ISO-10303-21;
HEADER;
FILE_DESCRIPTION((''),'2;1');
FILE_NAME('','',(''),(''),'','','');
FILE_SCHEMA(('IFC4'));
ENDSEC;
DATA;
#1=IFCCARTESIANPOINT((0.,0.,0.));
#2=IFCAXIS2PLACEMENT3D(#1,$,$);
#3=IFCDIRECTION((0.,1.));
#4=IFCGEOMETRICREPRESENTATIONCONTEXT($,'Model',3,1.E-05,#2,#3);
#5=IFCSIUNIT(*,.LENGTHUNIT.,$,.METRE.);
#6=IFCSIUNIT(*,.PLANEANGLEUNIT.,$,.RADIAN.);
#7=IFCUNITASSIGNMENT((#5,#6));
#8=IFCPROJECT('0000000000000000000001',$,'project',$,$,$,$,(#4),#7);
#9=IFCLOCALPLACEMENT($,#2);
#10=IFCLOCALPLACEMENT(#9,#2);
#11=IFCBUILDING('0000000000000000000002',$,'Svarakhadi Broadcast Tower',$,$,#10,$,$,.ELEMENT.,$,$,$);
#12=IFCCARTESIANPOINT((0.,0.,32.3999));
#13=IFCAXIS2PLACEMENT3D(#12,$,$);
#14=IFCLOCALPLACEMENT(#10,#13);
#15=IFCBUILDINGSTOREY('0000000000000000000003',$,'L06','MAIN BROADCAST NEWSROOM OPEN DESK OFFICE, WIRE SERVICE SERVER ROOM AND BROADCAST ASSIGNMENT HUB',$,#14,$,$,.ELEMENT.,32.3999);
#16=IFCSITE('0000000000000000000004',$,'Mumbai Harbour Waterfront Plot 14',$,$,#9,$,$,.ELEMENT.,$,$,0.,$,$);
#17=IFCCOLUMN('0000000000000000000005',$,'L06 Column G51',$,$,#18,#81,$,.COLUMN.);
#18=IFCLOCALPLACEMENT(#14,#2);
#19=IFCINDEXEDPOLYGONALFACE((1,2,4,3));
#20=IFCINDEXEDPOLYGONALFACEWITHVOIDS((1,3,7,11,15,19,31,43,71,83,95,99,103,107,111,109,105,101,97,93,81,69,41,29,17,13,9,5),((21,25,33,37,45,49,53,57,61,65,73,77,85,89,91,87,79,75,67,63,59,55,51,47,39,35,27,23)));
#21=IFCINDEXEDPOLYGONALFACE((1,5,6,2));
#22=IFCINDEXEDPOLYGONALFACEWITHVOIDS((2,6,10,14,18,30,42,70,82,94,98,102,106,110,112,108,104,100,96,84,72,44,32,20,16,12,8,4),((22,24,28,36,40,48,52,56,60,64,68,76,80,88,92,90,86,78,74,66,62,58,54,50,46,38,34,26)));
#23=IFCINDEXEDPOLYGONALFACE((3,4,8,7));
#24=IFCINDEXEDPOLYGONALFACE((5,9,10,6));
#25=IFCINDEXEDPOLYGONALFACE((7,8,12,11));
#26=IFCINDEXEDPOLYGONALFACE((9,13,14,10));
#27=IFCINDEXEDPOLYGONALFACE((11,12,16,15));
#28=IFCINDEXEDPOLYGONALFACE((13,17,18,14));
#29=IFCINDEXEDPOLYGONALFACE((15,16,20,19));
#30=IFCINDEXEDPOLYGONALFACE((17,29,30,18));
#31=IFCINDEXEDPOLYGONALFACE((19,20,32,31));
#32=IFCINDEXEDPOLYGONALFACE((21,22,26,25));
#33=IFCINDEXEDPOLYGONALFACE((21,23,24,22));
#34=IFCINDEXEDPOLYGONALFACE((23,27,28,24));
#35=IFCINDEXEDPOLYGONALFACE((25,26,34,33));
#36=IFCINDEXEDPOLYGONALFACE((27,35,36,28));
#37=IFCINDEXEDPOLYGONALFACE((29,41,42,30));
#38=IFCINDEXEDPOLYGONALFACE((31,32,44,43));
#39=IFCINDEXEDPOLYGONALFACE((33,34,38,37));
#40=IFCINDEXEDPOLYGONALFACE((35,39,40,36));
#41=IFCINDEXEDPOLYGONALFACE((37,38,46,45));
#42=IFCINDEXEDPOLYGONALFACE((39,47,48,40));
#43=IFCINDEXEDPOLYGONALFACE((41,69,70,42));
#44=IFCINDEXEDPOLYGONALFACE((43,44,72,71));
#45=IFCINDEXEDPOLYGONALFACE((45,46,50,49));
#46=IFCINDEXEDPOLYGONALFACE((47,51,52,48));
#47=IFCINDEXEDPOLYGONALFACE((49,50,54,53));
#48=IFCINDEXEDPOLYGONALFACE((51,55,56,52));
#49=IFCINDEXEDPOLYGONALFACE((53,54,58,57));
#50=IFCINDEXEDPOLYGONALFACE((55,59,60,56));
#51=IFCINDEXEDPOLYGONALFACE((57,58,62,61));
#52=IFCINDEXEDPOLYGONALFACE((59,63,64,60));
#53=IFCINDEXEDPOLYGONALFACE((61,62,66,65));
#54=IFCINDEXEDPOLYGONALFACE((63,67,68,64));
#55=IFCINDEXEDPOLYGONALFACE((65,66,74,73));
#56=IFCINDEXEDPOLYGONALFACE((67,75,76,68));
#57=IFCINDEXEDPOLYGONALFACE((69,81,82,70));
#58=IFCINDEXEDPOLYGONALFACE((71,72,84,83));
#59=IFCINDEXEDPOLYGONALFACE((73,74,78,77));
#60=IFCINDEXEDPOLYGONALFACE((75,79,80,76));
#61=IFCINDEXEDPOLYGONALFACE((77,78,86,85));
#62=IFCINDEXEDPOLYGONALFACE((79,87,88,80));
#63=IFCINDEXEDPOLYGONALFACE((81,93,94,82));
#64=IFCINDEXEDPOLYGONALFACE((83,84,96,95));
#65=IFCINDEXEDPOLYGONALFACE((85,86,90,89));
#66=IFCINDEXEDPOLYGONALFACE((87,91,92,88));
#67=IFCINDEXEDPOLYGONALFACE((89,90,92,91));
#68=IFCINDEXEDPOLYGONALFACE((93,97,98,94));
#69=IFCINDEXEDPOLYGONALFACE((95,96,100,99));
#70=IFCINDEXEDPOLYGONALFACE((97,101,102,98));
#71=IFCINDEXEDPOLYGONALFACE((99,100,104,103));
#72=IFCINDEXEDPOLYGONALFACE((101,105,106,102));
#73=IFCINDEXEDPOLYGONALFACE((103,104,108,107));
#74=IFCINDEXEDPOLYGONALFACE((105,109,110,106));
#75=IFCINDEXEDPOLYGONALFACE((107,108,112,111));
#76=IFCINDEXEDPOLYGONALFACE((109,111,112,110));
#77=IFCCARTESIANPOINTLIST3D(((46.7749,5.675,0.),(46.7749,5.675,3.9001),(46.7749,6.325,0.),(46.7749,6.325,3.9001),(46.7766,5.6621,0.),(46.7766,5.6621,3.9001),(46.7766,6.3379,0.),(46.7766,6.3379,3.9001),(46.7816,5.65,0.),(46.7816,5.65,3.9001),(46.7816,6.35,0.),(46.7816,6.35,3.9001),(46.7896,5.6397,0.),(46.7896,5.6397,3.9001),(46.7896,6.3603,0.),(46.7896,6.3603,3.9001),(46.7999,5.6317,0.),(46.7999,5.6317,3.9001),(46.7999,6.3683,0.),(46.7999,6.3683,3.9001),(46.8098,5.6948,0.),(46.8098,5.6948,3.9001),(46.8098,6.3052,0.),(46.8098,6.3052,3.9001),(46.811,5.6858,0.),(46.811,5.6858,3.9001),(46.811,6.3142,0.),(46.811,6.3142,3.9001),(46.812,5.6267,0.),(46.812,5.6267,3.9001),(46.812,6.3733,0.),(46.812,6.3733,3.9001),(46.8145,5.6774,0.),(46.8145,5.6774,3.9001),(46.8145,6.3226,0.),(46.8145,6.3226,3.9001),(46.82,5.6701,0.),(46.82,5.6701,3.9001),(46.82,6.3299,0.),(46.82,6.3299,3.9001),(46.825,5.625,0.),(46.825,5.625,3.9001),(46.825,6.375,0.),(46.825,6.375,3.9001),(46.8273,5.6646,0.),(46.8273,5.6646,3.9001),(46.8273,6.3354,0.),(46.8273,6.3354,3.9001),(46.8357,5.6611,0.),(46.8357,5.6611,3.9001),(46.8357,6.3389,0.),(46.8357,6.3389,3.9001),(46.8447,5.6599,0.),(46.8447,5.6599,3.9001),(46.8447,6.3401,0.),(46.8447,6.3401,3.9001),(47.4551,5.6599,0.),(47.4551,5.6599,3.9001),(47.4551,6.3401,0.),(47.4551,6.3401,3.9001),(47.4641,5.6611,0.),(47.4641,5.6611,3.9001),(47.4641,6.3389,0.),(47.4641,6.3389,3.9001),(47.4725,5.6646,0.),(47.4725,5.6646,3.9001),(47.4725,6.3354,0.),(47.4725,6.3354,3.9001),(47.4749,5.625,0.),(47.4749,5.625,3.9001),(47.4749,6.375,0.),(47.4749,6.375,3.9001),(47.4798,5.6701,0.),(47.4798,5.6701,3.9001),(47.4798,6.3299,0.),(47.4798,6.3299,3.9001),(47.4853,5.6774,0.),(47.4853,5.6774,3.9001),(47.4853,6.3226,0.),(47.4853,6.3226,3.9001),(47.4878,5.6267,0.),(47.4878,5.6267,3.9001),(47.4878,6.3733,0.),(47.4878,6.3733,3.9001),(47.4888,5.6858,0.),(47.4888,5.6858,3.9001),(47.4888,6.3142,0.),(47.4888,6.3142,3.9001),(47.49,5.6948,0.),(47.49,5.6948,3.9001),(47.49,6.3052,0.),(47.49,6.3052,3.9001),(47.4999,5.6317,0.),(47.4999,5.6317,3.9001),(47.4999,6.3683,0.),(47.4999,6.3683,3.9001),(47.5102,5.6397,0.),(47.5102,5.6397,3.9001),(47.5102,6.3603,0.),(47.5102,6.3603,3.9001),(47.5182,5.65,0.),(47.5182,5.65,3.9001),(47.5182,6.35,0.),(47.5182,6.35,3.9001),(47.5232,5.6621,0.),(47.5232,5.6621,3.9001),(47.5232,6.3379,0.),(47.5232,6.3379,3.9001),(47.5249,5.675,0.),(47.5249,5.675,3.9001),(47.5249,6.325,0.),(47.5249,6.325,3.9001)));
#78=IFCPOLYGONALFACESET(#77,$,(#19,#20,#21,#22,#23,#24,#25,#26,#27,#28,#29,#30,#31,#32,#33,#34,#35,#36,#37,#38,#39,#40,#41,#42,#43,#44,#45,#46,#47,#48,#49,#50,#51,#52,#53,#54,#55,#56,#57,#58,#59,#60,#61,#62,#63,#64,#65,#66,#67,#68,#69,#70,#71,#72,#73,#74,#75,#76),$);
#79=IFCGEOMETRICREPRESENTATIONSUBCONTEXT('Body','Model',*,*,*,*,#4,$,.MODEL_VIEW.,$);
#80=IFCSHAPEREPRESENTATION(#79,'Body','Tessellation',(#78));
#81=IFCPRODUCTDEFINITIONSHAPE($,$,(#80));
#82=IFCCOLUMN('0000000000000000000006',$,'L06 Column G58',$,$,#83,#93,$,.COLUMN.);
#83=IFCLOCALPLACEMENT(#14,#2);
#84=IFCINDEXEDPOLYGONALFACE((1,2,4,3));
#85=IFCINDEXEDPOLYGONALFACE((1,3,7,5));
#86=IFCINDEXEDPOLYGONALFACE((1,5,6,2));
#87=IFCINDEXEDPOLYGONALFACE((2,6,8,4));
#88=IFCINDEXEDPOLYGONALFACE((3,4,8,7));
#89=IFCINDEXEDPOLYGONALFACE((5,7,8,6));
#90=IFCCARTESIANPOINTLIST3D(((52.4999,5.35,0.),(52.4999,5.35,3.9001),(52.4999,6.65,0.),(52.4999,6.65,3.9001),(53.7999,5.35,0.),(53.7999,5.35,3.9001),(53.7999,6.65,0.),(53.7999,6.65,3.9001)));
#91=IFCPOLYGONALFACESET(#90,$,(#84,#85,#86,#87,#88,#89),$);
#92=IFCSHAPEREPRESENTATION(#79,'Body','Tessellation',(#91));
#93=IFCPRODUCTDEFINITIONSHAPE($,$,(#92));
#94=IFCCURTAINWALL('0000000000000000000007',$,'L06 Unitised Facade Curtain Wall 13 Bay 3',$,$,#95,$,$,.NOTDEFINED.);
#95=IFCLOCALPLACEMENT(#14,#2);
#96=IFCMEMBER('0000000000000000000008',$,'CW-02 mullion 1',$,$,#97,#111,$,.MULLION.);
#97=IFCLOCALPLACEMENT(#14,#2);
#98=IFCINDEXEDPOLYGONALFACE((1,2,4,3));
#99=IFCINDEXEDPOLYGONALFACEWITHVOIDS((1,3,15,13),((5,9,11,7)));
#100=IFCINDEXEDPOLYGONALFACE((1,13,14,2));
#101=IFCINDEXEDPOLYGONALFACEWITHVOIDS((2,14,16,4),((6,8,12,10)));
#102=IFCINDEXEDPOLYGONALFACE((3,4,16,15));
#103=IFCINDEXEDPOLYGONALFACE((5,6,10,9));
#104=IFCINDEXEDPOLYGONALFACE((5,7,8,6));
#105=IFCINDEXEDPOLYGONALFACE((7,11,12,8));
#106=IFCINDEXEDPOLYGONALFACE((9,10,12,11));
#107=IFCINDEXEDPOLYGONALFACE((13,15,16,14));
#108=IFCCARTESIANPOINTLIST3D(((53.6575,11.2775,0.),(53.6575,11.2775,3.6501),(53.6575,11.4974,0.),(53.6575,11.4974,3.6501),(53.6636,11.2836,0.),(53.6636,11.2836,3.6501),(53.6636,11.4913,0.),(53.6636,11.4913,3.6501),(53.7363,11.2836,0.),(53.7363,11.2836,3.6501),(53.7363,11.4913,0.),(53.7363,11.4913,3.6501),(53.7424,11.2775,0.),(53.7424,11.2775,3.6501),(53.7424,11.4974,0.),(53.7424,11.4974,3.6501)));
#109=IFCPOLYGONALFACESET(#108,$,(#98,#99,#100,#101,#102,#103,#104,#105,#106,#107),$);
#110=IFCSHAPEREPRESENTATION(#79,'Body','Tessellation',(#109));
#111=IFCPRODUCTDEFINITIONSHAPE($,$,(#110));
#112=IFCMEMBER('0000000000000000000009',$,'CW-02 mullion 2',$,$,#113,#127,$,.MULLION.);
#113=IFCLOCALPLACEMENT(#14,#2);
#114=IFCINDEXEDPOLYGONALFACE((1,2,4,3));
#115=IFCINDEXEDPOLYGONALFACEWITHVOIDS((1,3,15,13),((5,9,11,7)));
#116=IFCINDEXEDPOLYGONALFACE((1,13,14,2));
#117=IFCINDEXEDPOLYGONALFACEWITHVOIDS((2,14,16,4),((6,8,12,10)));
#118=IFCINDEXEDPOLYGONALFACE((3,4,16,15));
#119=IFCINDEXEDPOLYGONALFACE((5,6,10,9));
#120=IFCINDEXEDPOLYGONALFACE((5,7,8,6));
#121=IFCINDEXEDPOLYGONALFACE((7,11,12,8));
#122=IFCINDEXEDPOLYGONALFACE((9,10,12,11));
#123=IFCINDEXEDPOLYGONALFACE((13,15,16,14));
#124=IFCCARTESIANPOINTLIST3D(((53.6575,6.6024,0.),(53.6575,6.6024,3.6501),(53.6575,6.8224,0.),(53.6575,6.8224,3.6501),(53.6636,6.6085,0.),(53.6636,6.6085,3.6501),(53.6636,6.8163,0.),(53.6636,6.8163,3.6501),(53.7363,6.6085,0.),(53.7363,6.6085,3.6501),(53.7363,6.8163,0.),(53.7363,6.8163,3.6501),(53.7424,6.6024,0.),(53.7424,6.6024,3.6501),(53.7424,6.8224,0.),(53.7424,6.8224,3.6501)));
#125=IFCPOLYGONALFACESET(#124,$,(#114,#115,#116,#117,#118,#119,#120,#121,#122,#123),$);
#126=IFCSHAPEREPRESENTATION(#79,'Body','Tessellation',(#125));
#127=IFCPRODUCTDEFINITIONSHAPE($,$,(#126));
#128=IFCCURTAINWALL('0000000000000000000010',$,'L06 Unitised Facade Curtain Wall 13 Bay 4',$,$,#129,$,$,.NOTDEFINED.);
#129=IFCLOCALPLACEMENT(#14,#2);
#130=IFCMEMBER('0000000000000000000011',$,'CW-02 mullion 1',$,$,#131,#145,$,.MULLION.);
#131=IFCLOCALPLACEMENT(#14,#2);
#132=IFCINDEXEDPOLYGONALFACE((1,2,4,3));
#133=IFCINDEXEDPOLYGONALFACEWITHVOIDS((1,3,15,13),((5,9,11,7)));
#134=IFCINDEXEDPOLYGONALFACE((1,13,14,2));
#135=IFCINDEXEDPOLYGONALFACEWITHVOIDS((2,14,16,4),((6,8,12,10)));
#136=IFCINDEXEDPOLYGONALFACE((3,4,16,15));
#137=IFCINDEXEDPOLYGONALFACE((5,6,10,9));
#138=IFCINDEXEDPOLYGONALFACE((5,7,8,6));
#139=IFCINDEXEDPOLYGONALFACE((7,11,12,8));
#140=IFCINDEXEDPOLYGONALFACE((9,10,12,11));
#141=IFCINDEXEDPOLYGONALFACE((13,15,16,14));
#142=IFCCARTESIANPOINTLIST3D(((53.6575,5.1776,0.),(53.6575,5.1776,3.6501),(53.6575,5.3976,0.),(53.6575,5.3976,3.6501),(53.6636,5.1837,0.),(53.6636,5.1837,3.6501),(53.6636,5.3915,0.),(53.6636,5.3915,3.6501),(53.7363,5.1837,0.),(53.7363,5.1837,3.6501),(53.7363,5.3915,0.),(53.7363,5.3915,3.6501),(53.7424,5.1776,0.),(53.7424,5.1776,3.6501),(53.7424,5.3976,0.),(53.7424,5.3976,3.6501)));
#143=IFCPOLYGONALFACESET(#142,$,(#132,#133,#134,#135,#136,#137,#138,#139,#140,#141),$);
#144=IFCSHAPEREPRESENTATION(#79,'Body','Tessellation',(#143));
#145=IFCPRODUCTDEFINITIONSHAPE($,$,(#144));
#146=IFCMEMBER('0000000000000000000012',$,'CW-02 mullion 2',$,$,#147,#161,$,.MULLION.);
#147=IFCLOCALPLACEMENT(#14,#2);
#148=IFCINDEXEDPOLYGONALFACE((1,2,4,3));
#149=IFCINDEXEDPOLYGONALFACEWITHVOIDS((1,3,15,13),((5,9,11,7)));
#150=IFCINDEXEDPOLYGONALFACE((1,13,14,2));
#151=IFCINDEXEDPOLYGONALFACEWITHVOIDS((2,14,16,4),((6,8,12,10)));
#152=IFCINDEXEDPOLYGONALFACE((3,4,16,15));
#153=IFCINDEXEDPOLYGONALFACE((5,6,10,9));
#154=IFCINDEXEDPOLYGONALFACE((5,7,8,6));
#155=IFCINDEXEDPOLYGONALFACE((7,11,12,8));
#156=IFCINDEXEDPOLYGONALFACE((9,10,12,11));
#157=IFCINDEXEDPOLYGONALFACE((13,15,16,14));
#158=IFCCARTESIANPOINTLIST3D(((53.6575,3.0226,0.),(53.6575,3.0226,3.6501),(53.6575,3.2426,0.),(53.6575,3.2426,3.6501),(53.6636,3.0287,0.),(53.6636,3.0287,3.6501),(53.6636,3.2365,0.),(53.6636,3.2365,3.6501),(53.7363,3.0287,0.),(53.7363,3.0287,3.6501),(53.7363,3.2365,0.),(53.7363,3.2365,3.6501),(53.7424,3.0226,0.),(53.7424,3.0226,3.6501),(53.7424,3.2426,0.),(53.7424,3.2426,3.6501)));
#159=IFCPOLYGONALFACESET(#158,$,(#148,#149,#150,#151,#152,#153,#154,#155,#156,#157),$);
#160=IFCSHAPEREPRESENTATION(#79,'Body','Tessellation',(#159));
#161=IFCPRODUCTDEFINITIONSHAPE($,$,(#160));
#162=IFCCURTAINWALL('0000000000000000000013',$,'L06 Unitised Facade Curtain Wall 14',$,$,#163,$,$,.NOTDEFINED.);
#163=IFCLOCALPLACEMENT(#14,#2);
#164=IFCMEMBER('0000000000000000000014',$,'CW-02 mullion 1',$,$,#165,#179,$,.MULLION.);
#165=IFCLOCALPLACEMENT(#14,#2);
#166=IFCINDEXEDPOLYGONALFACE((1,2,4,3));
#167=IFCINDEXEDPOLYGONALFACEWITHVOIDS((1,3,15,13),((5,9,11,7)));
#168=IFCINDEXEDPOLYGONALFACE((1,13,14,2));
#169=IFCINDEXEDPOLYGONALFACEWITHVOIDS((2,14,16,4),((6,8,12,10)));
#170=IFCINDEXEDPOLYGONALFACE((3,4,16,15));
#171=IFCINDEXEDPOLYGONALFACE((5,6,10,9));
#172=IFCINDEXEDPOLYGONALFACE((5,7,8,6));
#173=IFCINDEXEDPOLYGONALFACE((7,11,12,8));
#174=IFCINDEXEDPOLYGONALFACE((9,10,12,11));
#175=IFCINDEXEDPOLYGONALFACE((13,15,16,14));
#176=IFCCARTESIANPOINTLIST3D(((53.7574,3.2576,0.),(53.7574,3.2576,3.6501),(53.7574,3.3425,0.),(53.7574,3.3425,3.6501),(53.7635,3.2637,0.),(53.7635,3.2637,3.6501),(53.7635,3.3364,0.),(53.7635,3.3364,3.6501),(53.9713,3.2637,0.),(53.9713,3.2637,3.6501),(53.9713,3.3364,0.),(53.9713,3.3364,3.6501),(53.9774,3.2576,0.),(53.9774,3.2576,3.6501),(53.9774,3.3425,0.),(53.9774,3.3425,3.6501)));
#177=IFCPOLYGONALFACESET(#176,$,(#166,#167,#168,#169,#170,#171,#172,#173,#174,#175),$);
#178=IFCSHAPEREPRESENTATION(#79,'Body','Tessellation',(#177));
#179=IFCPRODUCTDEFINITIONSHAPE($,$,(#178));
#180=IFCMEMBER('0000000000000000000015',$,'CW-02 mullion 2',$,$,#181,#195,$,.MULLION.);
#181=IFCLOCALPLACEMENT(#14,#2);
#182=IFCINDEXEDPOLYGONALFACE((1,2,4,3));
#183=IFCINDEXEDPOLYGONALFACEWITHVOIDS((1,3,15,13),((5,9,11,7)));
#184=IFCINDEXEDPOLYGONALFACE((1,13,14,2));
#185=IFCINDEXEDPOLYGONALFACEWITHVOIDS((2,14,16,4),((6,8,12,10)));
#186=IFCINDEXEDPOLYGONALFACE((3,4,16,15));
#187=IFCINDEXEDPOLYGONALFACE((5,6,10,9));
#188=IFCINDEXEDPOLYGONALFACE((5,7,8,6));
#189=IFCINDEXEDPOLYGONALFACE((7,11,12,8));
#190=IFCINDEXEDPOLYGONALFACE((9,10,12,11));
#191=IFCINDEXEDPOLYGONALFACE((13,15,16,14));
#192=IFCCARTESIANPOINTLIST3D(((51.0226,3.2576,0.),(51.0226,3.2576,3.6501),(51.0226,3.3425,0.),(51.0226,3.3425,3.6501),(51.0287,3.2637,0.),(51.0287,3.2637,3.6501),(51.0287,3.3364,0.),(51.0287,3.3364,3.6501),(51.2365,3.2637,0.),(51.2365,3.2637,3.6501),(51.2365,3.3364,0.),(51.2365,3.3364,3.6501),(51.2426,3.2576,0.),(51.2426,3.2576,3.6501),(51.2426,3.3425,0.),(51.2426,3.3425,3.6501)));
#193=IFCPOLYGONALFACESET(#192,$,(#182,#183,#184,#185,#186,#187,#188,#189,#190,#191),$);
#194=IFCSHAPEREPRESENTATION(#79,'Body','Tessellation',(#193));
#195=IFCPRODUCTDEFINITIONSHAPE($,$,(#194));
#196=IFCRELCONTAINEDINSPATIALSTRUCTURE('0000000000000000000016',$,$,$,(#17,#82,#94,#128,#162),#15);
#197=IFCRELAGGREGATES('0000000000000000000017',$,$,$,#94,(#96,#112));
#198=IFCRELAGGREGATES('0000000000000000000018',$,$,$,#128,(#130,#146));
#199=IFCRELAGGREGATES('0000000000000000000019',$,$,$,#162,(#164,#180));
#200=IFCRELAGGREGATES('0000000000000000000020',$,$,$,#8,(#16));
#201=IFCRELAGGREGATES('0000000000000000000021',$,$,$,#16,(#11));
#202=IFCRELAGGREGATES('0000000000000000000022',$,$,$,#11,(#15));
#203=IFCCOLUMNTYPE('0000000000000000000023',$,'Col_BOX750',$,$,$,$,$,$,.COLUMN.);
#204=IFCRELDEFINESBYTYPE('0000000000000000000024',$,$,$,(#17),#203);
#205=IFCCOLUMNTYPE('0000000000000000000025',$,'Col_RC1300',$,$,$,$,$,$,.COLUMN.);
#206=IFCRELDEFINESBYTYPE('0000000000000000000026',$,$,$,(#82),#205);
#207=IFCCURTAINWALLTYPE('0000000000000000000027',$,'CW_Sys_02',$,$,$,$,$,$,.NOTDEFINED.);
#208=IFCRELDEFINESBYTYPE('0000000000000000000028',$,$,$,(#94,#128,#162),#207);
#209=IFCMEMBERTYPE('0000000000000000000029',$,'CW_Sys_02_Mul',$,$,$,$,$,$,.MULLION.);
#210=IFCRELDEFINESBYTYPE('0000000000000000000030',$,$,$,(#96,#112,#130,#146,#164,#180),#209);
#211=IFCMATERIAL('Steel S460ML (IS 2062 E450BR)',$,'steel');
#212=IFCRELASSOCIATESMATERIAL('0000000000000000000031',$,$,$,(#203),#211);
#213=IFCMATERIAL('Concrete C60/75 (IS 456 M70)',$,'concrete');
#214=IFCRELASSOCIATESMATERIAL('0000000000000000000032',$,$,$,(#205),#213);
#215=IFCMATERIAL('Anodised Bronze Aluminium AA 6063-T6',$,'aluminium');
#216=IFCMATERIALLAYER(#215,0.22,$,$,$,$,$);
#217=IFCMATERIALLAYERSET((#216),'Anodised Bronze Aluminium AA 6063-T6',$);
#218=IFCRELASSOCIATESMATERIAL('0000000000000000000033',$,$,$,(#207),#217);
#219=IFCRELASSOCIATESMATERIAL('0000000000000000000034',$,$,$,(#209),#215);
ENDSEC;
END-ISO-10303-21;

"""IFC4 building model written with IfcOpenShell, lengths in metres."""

from ifc_helpers import new_model, si_unit, direction, frame, origin, origin_2d, place, context, subcontext, project, spatial, rectangle, hollow_rectangle, extrude, material, layer, layer_set, material_profile, profile_set, type_object, element, aggregate, save


model = new_model("IFC4")

# Units and contexts
model_context = context("Model", 3, precision=1e-05, world=origin(), true_north=direction((0.0, 1.0)))
body_context = subcontext(model_context, "Body", "Model", "MODEL_VIEW")
ifc_project = project(units=[si_unit("LENGTHUNIT", "METRE"), si_unit("PLANEANGLEUNIT", "RADIAN")], contexts=[model_context])

# Site, building, storey
site_placement = place(None, origin())
site = spatial("IfcSite", under=ifc_project, at=site_placement, Name="Mumbai Harbour Waterfront Plot 14", CompositionType="ELEMENT", RefElevation=0.0)
building_placement = place(site_placement, origin())
building = spatial("IfcBuilding", under=site, at=building_placement, Name="Svarakhadi Broadcast Tower", CompositionType="ELEMENT")
storey_placement = place(building_placement, frame((0.0, 0.0, 32.3999)))
storey = spatial("IfcBuildingStorey", under=building, at=storey_placement, Name="L06", Description="MAIN BROADCAST NEWSROOM OPEN DESK OFFICE, WIRE SERVICE SERVER ROOM AND BROADCAST ASSIGNMENT HUB", CompositionType="ELEMENT", Elevation=32.3999)

# Columns
ifc_material_1 = material(Name="Steel S460ML (IS 2062 E450BR)", Category="steel")
ifc_material_profile_1 = material_profile(ifc_material_1, hollow_rectangle(XDim=0.75, YDim=0.75, WallThickness=0.0349, InnerFilletRadius=0.0349, OuterFilletRadius=0.05, at=origin_2d()), Name="BOX 750x750x35")
ifc_profile_set_1 = profile_set([ifc_material_profile_1], Name="Steel S460ML (IS 2062 E450BR)")
column_type_1 = type_object("IfcColumnType", Name="Col_BOX750", PredefinedType="COLUMN", material=ifc_profile_set_1)
column_1_placement = place(storey_placement, frame((47.1499, 6.0, 0.0), z_axis=(0.0, 0.0, 1.0), x_axis=(1.0, 0.0, 0.0)))
element("IfcColumn", 1, at=column_1_placement, inside=storey, type_object=column_type_1, Name="L06 Column G51", PredefinedType="COLUMN", context=body_context, shape_type="SweptSolid", body=[
    extrude(hollow_rectangle(XDim=0.75, YDim=0.75, WallThickness=0.0349, InnerFilletRadius=0.0349, OuterFilletRadius=0.05, at=origin_2d()), origin(), (0.0, 0.0, 1.0), 3.9001),
])
ifc_material_2 = material(Name="Concrete C60/75 (IS 456 M70)", Category="concrete")
ifc_material_profile_2 = material_profile(ifc_material_2, rectangle(XDim=1.3, YDim=1.3, at=origin_2d()), Name="RC 1300x1300")
ifc_profile_set_2 = profile_set([ifc_material_profile_2], Name="Concrete C60/75 (IS 456 M70)")
column_type_2 = type_object("IfcColumnType", Name="Col_RC1300", PredefinedType="COLUMN", material=ifc_profile_set_2)
column_2_placement = place(storey_placement, frame((53.1499, 6.0, 0.0), z_axis=(0.0, 0.0, 1.0), x_axis=(1.0, 0.0, 0.0)))
element("IfcColumn", 2, at=column_2_placement, inside=storey, type_object=column_type_2, Name="L06 Column G58", PredefinedType="COLUMN", context=body_context, shape_type="SweptSolid", body=[
    extrude(rectangle(XDim=1.3, YDim=1.3, at=origin_2d()), origin(), (0.0, 0.0, 1.0), 3.9001),
])

# Curtain walls, members
ifc_material_3 = material(Name="Anodised Bronze Aluminium AA 6063-T6", Category="aluminium")
ifc_layer_1 = layer(ifc_material_3, 0.22)
ifc_layer_set_1 = layer_set([ifc_layer_1], Name="Anodised Bronze Aluminium AA 6063-T6")
curtain_wall_type = type_object("IfcCurtainWallType", Name="CW_Sys_02", PredefinedType="NOTDEFINED", material=ifc_layer_set_1)
curtain_wall_1_placement = place(storey_placement, origin())
curtain_wall_1 = element("IfcCurtainWall", 3, at=curtain_wall_1_placement, inside=storey, type_object=curtain_wall_type, Name="L06 Unitised Facade Curtain Wall 13 Bay 3", PredefinedType="NOTDEFINED")
ifc_material_profile_3 = material_profile(ifc_material_3, hollow_rectangle(XDim=0.085, YDim=0.22, WallThickness=0.0061, at=origin_2d()), Name="ALU MULLION 220x85x6")
ifc_profile_set_3 = profile_set([ifc_material_profile_3], Name="Anodised Bronze Aluminium AA 6063-T6")
member_type_1 = type_object("IfcMemberType", Name="CW_Sys_02_Mul", PredefinedType="MULLION", material=ifc_profile_set_3)
member_1_placement = place(storey_placement, frame((53.7, 11.3875, 0.0), z_axis=(0.0, 0.0, 1.0), x_axis=(1.0, 0.0, 0.0)))
member_1 = element("IfcMember", 4, at=member_1_placement, type_object=member_type_1, Name="CW-02 mullion 1", PredefinedType="MULLION", context=body_context, shape_type="SweptSolid", body=[
    extrude(hollow_rectangle(XDim=0.085, YDim=0.22, WallThickness=0.0061, at=origin_2d()), origin(), (0.0, 0.0, 1.0), 3.6501),
])
member_2_placement = place(storey_placement, frame((53.7, 6.7124, 0.0), z_axis=(0.0, 0.0, 1.0), x_axis=(1.0, 0.0, 0.0)))
member_2 = element("IfcMember", 5, at=member_2_placement, type_object=member_type_1, Name="CW-02 mullion 2", PredefinedType="MULLION", context=body_context, shape_type="SweptSolid", body=[
    extrude(hollow_rectangle(XDim=0.085, YDim=0.22, WallThickness=0.0061, at=origin_2d()), origin(), (0.0, 0.0, 1.0), 3.6501),
])
curtain_wall_2_placement = place(storey_placement, origin())
curtain_wall_2 = element("IfcCurtainWall", 6, at=curtain_wall_2_placement, inside=storey, type_object=curtain_wall_type, Name="L06 Unitised Facade Curtain Wall 13 Bay 4", PredefinedType="NOTDEFINED")
member_3_placement = place(storey_placement, frame((53.7, 5.2876, 0.0), z_axis=(0.0, 0.0, 1.0), x_axis=(1.0, 0.0, 0.0)))
member_3 = element("IfcMember", 7, at=member_3_placement, type_object=member_type_1, Name="CW-02 mullion 1", PredefinedType="MULLION", context=body_context, shape_type="SweptSolid", body=[
    extrude(hollow_rectangle(XDim=0.085, YDim=0.22, WallThickness=0.0061, at=origin_2d()), origin(), (0.0, 0.0, 1.0), 3.6501),
])
member_4_placement = place(storey_placement, frame((53.7, 3.1326, 0.0), z_axis=(0.0, 0.0, 1.0), x_axis=(1.0, 0.0, 0.0)))
member_4 = element("IfcMember", 8, at=member_4_placement, type_object=member_type_1, Name="CW-02 mullion 2", PredefinedType="MULLION", context=body_context, shape_type="SweptSolid", body=[
    extrude(hollow_rectangle(XDim=0.085, YDim=0.22, WallThickness=0.0061, at=origin_2d()), origin(), (0.0, 0.0, 1.0), 3.6501),
])
curtain_wall_3_placement = place(storey_placement, origin())
curtain_wall_3 = element("IfcCurtainWall", 9, at=curtain_wall_3_placement, inside=storey, type_object=curtain_wall_type, Name="L06 Unitised Facade Curtain Wall 14", PredefinedType="NOTDEFINED")
member_5_placement = place(storey_placement, frame((53.8674, 3.3, 0.0), z_axis=(0.0, 0.0, 1.0), x_axis=(0.0, -1.0, 0.0)))
member_5 = element("IfcMember", 10, at=member_5_placement, type_object=member_type_1, Name="CW-02 mullion 1", PredefinedType="MULLION", context=body_context, shape_type="SweptSolid", body=[
    extrude(hollow_rectangle(XDim=0.085, YDim=0.22, WallThickness=0.0061, at=origin_2d()), origin(), (0.0, 0.0, 1.0), 3.6501),
])
member_6_placement = place(storey_placement, frame((51.1326, 3.3, 0.0), z_axis=(0.0, 0.0, 1.0), x_axis=(0.0, -1.0, 0.0)))
member_6 = element("IfcMember", 11, at=member_6_placement, type_object=member_type_1, Name="CW-02 mullion 2", PredefinedType="MULLION", context=body_context, shape_type="SweptSolid", body=[
    extrude(hollow_rectangle(XDim=0.085, YDim=0.22, WallThickness=0.0061, at=origin_2d()), origin(), (0.0, 0.0, 1.0), 3.6501),
])

aggregate(curtain_wall_1, [member_1, member_2])
aggregate(curtain_wall_2, [member_3, member_4])
aggregate(curtain_wall_3, [member_5, member_6])

save(model, "model.ifc")
